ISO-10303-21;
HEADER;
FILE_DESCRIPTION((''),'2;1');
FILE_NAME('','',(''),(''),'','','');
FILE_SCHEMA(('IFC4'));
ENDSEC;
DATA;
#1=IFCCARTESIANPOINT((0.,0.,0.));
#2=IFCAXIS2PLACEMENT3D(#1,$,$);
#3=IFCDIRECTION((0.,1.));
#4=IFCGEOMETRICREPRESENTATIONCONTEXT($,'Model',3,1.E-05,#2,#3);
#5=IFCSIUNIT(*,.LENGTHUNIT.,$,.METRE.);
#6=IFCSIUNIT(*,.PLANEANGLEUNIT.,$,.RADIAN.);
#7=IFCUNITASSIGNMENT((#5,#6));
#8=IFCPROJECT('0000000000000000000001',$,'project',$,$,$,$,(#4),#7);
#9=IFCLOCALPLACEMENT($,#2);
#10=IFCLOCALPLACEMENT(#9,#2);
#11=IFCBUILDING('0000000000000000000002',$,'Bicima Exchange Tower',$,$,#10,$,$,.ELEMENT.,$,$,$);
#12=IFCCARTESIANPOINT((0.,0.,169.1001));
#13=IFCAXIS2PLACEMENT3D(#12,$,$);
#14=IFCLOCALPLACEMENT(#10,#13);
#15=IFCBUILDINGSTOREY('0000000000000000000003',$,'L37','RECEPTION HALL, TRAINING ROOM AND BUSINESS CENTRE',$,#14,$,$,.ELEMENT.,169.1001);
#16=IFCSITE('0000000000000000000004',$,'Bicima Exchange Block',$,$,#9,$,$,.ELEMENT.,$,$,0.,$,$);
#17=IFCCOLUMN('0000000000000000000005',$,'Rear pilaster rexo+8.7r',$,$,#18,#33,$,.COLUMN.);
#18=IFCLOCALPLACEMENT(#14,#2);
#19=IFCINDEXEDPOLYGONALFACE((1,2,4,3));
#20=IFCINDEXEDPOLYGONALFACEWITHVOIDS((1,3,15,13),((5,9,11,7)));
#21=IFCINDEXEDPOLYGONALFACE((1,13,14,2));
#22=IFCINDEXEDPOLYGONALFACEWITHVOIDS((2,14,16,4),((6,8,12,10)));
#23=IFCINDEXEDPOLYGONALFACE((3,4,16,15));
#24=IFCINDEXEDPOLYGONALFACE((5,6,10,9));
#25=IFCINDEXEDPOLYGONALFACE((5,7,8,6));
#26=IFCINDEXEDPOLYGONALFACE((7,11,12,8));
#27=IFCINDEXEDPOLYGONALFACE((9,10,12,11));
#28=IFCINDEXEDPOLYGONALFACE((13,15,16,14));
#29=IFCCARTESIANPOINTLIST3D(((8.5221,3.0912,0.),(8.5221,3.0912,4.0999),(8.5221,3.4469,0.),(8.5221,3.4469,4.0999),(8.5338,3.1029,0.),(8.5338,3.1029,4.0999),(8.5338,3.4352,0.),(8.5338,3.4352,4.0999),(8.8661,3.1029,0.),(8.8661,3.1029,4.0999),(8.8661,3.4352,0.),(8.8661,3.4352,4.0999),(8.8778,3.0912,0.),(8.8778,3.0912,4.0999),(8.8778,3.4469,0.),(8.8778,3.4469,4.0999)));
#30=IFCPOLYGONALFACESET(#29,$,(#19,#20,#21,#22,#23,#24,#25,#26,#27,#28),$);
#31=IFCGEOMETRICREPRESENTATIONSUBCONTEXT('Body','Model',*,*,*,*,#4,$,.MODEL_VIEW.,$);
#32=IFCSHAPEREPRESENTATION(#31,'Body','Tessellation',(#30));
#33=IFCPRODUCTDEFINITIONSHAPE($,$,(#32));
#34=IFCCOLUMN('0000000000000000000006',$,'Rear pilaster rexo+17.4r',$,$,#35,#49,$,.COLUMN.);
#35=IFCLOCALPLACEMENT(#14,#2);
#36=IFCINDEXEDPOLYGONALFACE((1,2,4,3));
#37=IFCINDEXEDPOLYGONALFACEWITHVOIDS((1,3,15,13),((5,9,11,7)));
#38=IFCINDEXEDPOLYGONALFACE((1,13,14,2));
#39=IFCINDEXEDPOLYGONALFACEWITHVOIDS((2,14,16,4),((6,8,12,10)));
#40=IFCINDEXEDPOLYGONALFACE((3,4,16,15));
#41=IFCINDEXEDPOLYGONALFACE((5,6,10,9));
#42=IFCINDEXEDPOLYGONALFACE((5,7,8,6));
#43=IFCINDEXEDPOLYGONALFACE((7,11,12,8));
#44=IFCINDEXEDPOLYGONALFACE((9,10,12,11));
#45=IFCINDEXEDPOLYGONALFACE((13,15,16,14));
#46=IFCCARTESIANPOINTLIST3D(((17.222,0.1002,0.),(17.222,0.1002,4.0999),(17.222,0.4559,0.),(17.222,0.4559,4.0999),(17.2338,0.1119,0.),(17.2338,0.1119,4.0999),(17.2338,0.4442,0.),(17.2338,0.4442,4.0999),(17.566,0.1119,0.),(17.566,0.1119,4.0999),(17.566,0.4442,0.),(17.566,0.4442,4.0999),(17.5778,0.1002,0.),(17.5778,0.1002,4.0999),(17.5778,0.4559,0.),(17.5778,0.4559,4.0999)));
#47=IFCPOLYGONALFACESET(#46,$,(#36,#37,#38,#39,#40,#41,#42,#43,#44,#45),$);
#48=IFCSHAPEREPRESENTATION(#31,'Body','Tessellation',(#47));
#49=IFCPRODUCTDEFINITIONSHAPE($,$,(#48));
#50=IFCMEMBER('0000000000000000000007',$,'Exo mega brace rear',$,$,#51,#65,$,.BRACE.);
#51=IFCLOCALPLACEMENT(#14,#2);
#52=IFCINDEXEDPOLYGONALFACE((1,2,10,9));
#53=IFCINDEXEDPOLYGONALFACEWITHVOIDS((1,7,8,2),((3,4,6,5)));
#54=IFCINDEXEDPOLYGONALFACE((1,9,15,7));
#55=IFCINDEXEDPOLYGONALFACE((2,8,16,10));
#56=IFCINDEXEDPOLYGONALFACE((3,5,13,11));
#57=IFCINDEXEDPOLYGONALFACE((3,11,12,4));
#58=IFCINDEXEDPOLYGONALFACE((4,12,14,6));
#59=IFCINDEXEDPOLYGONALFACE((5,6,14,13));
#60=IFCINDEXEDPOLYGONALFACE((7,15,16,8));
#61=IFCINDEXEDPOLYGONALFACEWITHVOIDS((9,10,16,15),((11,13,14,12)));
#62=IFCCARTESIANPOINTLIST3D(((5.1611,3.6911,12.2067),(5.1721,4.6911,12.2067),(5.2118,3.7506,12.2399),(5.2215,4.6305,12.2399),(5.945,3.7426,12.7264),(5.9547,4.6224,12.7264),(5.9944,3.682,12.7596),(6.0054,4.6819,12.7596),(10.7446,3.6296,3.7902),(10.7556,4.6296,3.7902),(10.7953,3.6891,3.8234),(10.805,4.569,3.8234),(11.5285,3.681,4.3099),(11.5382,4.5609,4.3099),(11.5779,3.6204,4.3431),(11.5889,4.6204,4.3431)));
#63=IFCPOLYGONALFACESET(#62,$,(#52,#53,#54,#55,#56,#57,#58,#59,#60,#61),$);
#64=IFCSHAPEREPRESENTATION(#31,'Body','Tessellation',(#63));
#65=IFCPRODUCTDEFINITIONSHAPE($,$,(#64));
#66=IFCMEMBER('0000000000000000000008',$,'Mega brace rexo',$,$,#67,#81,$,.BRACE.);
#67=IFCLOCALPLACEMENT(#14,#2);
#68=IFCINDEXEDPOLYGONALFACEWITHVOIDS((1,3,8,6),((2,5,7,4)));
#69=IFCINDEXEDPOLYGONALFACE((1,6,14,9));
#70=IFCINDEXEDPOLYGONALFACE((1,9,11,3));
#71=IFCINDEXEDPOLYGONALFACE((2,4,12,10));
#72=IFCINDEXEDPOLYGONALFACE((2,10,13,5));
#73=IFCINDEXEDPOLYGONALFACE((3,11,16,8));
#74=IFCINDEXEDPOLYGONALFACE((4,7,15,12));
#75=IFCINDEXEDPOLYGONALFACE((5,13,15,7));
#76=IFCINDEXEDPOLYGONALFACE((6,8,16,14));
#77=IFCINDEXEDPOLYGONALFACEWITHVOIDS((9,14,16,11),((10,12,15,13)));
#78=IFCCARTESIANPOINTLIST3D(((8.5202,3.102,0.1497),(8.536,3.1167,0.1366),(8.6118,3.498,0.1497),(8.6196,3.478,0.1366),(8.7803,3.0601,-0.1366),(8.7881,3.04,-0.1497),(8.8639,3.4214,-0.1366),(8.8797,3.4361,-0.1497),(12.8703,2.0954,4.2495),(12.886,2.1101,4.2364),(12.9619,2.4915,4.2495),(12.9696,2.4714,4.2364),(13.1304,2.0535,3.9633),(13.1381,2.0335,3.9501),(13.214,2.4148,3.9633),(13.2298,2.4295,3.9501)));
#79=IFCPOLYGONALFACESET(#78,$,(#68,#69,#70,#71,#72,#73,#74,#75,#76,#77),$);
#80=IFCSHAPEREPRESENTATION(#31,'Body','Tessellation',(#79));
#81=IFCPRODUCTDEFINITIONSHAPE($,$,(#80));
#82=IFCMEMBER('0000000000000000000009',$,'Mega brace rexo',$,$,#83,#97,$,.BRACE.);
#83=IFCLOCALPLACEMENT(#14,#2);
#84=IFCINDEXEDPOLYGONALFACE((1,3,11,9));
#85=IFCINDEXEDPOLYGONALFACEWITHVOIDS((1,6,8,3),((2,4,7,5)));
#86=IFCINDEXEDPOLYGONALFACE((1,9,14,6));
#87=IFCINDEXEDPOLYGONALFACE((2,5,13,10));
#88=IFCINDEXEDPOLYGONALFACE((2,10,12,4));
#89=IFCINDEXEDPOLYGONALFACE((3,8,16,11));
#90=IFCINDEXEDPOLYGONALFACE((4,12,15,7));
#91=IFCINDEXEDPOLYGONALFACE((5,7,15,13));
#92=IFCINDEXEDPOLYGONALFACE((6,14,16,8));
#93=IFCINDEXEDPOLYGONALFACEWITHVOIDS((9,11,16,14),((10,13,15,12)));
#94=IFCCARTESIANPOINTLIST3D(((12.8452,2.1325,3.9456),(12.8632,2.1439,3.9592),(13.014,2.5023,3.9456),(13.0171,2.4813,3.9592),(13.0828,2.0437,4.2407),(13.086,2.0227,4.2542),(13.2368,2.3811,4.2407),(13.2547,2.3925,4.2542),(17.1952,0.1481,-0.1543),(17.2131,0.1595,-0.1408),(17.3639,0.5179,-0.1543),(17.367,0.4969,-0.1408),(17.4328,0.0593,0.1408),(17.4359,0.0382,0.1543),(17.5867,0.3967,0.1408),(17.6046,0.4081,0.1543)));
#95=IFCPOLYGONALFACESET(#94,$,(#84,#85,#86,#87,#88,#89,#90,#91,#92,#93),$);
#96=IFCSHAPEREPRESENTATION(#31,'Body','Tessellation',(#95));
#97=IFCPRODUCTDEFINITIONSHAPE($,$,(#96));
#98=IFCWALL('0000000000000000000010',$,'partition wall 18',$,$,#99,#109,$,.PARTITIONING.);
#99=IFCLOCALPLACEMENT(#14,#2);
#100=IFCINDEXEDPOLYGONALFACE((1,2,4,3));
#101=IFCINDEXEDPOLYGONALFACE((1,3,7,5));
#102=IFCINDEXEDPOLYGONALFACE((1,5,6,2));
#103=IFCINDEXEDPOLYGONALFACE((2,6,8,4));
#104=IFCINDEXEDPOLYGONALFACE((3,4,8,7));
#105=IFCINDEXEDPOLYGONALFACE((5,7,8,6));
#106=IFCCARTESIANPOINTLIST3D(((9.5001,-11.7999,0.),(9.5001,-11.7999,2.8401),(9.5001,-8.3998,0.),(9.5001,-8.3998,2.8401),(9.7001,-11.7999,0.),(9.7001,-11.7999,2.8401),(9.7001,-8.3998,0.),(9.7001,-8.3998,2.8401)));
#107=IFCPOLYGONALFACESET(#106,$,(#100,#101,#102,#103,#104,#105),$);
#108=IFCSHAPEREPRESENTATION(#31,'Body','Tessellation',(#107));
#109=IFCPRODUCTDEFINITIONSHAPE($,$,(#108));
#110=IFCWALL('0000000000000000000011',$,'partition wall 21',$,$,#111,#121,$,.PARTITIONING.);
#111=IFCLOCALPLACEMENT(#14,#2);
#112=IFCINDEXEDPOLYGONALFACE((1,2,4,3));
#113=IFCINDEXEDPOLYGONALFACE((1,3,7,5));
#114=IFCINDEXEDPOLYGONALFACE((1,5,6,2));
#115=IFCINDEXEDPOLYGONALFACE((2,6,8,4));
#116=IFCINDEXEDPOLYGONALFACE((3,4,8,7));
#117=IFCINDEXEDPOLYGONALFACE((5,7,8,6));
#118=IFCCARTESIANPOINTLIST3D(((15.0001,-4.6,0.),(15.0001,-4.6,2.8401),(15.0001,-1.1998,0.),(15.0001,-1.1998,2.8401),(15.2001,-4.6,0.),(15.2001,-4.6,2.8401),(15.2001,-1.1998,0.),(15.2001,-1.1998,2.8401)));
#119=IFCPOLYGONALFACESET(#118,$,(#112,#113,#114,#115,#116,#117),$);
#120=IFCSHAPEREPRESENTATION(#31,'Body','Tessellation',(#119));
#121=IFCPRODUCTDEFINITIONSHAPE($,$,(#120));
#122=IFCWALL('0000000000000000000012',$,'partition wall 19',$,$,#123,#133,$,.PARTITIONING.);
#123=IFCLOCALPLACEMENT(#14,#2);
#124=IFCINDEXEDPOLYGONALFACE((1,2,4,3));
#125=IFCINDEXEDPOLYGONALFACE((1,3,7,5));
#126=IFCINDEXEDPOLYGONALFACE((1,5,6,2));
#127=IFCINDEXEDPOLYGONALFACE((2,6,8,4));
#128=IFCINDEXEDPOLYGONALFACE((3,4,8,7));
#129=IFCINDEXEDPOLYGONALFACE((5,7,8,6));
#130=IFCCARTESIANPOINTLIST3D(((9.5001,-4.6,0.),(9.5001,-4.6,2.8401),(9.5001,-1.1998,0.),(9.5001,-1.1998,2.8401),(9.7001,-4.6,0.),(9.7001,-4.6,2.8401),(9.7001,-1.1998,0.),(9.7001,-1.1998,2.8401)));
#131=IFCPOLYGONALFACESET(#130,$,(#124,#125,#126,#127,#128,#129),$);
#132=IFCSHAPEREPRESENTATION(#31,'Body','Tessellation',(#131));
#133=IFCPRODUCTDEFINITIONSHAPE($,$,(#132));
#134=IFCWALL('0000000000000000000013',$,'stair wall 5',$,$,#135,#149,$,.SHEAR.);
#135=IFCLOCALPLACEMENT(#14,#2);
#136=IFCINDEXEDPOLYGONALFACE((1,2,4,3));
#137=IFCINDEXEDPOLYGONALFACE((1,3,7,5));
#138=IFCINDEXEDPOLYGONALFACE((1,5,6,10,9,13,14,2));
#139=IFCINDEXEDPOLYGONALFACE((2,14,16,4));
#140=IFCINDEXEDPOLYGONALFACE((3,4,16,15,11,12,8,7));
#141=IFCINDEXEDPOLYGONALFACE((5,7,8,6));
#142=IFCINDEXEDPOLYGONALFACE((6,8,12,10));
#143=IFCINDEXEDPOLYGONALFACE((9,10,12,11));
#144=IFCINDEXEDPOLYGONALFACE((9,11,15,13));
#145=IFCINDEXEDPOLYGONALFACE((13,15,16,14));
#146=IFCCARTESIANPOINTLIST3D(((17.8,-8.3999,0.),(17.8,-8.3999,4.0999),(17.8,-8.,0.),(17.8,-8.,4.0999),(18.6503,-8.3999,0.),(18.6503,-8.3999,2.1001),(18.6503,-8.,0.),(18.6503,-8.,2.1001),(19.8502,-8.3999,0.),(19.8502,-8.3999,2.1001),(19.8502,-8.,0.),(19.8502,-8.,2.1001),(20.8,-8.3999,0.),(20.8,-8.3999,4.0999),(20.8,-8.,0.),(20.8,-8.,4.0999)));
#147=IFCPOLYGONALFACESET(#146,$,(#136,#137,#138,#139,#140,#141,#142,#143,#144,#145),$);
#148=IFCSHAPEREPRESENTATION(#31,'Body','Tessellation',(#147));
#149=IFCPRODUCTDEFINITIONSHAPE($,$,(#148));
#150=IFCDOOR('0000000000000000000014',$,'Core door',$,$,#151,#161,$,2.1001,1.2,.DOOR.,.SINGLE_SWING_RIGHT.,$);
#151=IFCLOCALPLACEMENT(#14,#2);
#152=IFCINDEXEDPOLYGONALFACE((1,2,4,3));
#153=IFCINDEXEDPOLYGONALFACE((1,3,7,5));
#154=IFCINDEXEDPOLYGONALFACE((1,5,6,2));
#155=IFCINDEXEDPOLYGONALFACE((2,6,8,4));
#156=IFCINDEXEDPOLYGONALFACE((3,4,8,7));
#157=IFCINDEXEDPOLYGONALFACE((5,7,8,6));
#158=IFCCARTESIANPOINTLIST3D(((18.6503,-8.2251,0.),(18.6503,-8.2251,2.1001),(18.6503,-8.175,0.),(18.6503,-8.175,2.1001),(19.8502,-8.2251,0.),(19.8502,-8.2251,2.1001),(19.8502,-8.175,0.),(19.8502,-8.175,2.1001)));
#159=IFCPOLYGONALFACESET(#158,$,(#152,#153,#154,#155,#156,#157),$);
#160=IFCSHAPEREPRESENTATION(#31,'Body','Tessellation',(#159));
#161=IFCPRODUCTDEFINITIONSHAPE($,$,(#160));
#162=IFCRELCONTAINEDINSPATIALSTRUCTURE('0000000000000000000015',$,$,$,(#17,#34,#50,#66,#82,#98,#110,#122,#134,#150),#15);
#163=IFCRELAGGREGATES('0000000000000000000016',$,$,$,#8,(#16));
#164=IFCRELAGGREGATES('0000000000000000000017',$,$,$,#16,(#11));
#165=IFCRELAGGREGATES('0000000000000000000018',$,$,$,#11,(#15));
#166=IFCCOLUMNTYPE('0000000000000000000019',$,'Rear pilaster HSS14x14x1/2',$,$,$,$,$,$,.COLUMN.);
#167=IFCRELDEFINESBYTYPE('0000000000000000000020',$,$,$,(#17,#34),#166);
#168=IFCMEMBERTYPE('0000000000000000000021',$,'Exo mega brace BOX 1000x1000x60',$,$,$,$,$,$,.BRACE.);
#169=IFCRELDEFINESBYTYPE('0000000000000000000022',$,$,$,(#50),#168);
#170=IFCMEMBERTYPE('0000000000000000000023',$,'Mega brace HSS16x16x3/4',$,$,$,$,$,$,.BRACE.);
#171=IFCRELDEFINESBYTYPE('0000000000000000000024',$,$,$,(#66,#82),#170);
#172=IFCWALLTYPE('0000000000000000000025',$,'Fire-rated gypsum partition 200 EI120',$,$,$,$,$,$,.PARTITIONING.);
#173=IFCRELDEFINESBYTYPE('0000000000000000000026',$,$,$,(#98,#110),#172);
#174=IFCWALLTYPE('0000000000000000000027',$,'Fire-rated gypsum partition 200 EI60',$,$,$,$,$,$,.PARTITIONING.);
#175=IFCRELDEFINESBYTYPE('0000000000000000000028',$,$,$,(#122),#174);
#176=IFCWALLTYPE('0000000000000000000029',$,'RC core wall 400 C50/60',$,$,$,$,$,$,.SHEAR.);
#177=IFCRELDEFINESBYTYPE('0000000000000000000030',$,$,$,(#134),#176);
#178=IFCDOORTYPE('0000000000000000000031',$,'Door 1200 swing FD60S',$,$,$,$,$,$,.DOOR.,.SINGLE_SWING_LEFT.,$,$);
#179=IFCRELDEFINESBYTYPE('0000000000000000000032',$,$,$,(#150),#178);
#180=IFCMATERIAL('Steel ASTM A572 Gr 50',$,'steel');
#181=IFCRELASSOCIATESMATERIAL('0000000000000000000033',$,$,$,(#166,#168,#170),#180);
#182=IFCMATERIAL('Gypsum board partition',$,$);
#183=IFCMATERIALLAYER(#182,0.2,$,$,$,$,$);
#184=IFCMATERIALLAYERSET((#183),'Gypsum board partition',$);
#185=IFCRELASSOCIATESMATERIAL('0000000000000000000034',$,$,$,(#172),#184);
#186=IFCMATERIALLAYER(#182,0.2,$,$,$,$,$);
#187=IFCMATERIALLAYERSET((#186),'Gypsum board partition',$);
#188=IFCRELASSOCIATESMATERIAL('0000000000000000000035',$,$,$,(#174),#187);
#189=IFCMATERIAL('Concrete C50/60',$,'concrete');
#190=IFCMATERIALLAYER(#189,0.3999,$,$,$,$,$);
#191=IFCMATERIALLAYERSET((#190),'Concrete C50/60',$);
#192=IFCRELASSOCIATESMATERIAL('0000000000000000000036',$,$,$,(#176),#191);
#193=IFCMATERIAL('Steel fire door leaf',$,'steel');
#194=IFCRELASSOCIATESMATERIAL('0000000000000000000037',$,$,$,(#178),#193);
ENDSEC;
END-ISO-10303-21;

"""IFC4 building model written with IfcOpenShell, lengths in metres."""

from ifc_helpers import new_model, si_unit, direction, frame, frame_2d, origin, origin_2d, place, context, subcontext, project, spatial, rectangle, hollow_rectangle, extrude, material, layer, layer_set, material_profile, profile_set, type_object, element, fill, save


model = new_model("IFC4")

# Units and contexts
model_context = context("Model", 3, precision=1e-05, world=origin(), true_north=direction((0.0, 1.0)))
body_context = subcontext(model_context, "Body", "Model", "MODEL_VIEW")
ifc_project = project(units=[si_unit("LENGTHUNIT", "METRE"), si_unit("PLANEANGLEUNIT", "RADIAN")], contexts=[model_context])

# Site, building, storey
site_placement = place(None, origin())
site = spatial("IfcSite", under=ifc_project, at=site_placement, Name="Bicima Exchange Block", CompositionType="ELEMENT", RefElevation=0.0)
building_placement = place(site_placement, origin())
building = spatial("IfcBuilding", under=site, at=building_placement, Name="Bicima Exchange Tower", CompositionType="ELEMENT")
storey_placement = place(building_placement, frame((0.0, 0.0, 169.1001)))
storey = spatial("IfcBuildingStorey", under=building, at=storey_placement, Name="L37", Description="RECEPTION HALL, TRAINING ROOM AND BUSINESS CENTRE", CompositionType="ELEMENT", Elevation=169.1001)

# Columns
ifc_material_1 = material(Name="Steel ASTM A572 Gr 50", Category="steel")
ifc_material_profile_1 = material_profile(ifc_material_1, hollow_rectangle(XDim=0.3557, YDim=0.3557, WallThickness=0.0117, at=origin_2d()))
ifc_profile_set_1 = profile_set([ifc_material_profile_1], Name="Steel ASTM A572 Gr 50")
column_type = type_object("IfcColumnType", Name="Rear pilaster HSS14x14x1/2", PredefinedType="COLUMN", material=ifc_profile_set_1)
for number, where, z_axis, x_axis, name in (
    (1, (8.7, 3.269, 0.0), (0.0, 0.0, 1.0), (1.0, 0.0, 0.0), "Rear pilaster rexo+8.7r"),
    (2, (17.3999, 0.2781, 0.0), (0.0, 0.0, 1.0), (1.0, 0.0, 0.0), "Rear pilaster rexo+17.4r"),
):
    element("IfcColumn", number, at=place(storey_placement, frame(where, z_axis=z_axis, x_axis=x_axis)), inside=storey, type_object=column_type, Name=name, PredefinedType="COLUMN", context=body_context, shape_type="SweptSolid", body=[
        extrude(hollow_rectangle(XDim=0.3557, YDim=0.3557, WallThickness=0.0117, at=origin_2d()), origin(), (0.0, 0.0, 1.0), 4.0999),
    ])

# Members
ifc_material_profile_2 = material_profile(ifc_material_1, hollow_rectangle(XDim=1.0, YDim=1.0, WallThickness=0.0601, at=origin_2d()))
ifc_profile_set_2 = profile_set([ifc_material_profile_2], Name="Steel ASTM A572 Gr 50")
member_type_1 = type_object("IfcMemberType", Name="Exo mega brace BOX 1000x1000x60", PredefinedType="BRACE", material=ifc_profile_set_2)
member_1_placement = place(storey_placement, frame((11.1667, 4.125, 4.0667), z_axis=(-0.552803, 0.006091, 0.83329), x_axis=(-0.011018, -0.999939, 0.0)))
element("IfcMember", 3, at=member_1_placement, inside=storey, type_object=member_type_1, Name="Exo mega brace rear", PredefinedType="BRACE", context=body_context, shape_type="SweptSolid", body=[
    extrude(hollow_rectangle(XDim=1.0, YDim=1.0, WallThickness=0.0601, at=origin_2d()), origin(), (0.0, 0.0, 1.0), 10.1003),
])
ifc_material_profile_3 = material_profile(ifc_material_1, hollow_rectangle(XDim=0.4065, YDim=0.4065, WallThickness=0.0178, at=origin_2d()))
ifc_profile_set_3 = profile_set([ifc_material_profile_3], Name="Steel ASTM A572 Gr 50")
member_type_2 = type_object("IfcMemberType", Name="Mega brace HSS16x16x3/4", PredefinedType="BRACE", material=ifc_profile_set_3)
member_2_placement = place(storey_placement, frame((8.7, 3.269, 0.0), z_axis=(0.717625, -0.166055, 0.676343), x_axis=(0.225439, 0.974257, 0.0)))
element("IfcMember", 4, at=member_2_placement, inside=storey, type_object=member_type_2, Name="Mega brace rexo", PredefinedType="BRACE", context=body_context, shape_type="SweptSolid", body=[
    extrude(hollow_rectangle(XDim=0.4065, YDim=0.4065, WallThickness=0.0178, at=origin_2d()), origin(), (0.0, 0.0, 1.0), 6.0618),
])
member_3_placement = place(storey_placement, frame((17.3999, 0.2781, 0.0), z_axis=(-0.690646, 0.315068, 0.650953), x_axis=(-0.415045, -0.909801, 0.0)))
element("IfcMember", 5, at=member_3_placement, inside=storey, type_object=member_type_2, Name="Mega brace rexo", PredefinedType="BRACE", context=body_context, shape_type="SweptSolid", body=[
    extrude(hollow_rectangle(XDim=0.4065, YDim=0.4065, WallThickness=0.0178, at=origin_2d()), origin(), (0.0, 0.0, 1.0), 6.2983),
])

# Walls
ifc_material_2 = material(Name="Gypsum board partition")
ifc_layer_1 = layer(ifc_material_2, 0.2)
ifc_layer_set_1 = layer_set([ifc_layer_1], Name="Gypsum board partition")
wall_type_1 = type_object("IfcWallType", Name="Fire-rated gypsum partition 200 EI120", PredefinedType="PARTITIONING", material=ifc_layer_set_1)
for number, where, z_axis, x_axis, name in (
    (6, (9.6001, -11.8, 0.0), (0.0, 0.0, 1.0), (0.0, 1.0, 0.0), "partition wall 18"),
    (7, (15.1001, -4.6001, 0.0), (0.0, 0.0, 1.0), (0.0, 1.0, 0.0), "partition wall 21"),
):
    element("IfcWall", number, at=place(storey_placement, frame(where, z_axis=z_axis, x_axis=x_axis)), inside=storey, type_object=wall_type_1, Name=name, PredefinedType="PARTITIONING", context=body_context, shape_type="SweptSolid", body=[
        extrude(rectangle(XDim=3.4001, YDim=0.2, at=frame_2d((1.7002, 0.0))), origin(), (0.0, 0.0, 1.0), 2.8401),
    ])
ifc_layer_2 = layer(ifc_material_2, 0.2)
ifc_layer_set_2 = layer_set([ifc_layer_2], Name="Gypsum board partition")
wall_type_2 = type_object("IfcWallType", Name="Fire-rated gypsum partition 200 EI60", PredefinedType="PARTITIONING", material=ifc_layer_set_2)
wall_1_placement = place(storey_placement, frame((9.6001, -4.6001, 0.0), z_axis=(0.0, 0.0, 1.0), x_axis=(0.0, 1.0, 0.0)))
element("IfcWall", 8, at=wall_1_placement, inside=storey, type_object=wall_type_2, Name="partition wall 19", PredefinedType="PARTITIONING", context=body_context, shape_type="SweptSolid", body=[
    extrude(rectangle(XDim=3.4001, YDim=0.2, at=frame_2d((1.7002, 0.0))), origin(), (0.0, 0.0, 1.0), 2.8401),
])

# Wall, opening, door
ifc_material_3 = material(Name="Concrete C50/60", Category="concrete")
ifc_layer_3 = layer(ifc_material_3, 0.3999)
ifc_layer_set_3 = layer_set([ifc_layer_3], Name="Concrete C50/60")
wall_type_3 = type_object("IfcWallType", Name="RC core wall 400 C50/60", PredefinedType="SHEAR", material=ifc_layer_set_3)
wall_2_placement = place(storey_placement, frame((17.8, -8.2, 0.0), z_axis=(0.0, 0.0, 1.0), x_axis=(1.0, 0.0, 0.0)))
wall_2 = element("IfcWall", 9, at=wall_2_placement, inside=storey, type_object=wall_type_3, Name="stair wall 5", PredefinedType="SHEAR", context=body_context, shape_type="SweptSolid", body=[
    extrude(rectangle(XDim=3.0, YDim=0.3999, at=frame_2d((1.5, 0.0))), origin(), (0.0, 0.0, 1.0), 4.0999),
])
opening_1_placement = place(wall_2_placement, frame((0.8501, 0.0, 0.0)))
opening_1 = element("IfcOpeningElement", 10, at=opening_1_placement, cuts=wall_2, PredefinedType="OPENING", context=body_context, shape_type="SweptSolid", body=[
    extrude(rectangle(XDim=1.2, YDim=2.1001, at=frame_2d((0.6001, 1.05))), frame((0.0, 0.2119, 0.0), z_axis=(0.0, -1.0, 0.0), x_axis=(1.0, 0.0, 0.0)), (0.0, 0.0, 1.0), 0.4238),
])
ifc_material_4 = material(Name="Steel fire door leaf", Category="steel")
door_type_1 = type_object("IfcDoorType", Name="Door 1200 swing FD60S", OperationType="SINGLE_SWING_LEFT", PredefinedType="DOOR", material=ifc_material_4)
door_1_placement = place(opening_1_placement, origin())
door_1 = element("IfcDoor", 11, at=door_1_placement, inside=storey, type_object=door_type_1, Name="Core door", OperationType="SINGLE_SWING_RIGHT", OverallHeight=2.1001, OverallWidth=1.2, PredefinedType="DOOR", context=body_context, shape_type="SweptSolid", body=[
    extrude(rectangle(XDim=1.2, YDim=2.1001, at=frame_2d((0.6001, 1.05))), frame((0.0, 0.0249, 0.0), z_axis=(0.0, -1.0, 0.0), x_axis=(1.0, 0.0, 0.0)), (0.0, 0.0, 1.0), 0.05),
])
fill(opening_1, door_1)

save(model, "model.ifc")
